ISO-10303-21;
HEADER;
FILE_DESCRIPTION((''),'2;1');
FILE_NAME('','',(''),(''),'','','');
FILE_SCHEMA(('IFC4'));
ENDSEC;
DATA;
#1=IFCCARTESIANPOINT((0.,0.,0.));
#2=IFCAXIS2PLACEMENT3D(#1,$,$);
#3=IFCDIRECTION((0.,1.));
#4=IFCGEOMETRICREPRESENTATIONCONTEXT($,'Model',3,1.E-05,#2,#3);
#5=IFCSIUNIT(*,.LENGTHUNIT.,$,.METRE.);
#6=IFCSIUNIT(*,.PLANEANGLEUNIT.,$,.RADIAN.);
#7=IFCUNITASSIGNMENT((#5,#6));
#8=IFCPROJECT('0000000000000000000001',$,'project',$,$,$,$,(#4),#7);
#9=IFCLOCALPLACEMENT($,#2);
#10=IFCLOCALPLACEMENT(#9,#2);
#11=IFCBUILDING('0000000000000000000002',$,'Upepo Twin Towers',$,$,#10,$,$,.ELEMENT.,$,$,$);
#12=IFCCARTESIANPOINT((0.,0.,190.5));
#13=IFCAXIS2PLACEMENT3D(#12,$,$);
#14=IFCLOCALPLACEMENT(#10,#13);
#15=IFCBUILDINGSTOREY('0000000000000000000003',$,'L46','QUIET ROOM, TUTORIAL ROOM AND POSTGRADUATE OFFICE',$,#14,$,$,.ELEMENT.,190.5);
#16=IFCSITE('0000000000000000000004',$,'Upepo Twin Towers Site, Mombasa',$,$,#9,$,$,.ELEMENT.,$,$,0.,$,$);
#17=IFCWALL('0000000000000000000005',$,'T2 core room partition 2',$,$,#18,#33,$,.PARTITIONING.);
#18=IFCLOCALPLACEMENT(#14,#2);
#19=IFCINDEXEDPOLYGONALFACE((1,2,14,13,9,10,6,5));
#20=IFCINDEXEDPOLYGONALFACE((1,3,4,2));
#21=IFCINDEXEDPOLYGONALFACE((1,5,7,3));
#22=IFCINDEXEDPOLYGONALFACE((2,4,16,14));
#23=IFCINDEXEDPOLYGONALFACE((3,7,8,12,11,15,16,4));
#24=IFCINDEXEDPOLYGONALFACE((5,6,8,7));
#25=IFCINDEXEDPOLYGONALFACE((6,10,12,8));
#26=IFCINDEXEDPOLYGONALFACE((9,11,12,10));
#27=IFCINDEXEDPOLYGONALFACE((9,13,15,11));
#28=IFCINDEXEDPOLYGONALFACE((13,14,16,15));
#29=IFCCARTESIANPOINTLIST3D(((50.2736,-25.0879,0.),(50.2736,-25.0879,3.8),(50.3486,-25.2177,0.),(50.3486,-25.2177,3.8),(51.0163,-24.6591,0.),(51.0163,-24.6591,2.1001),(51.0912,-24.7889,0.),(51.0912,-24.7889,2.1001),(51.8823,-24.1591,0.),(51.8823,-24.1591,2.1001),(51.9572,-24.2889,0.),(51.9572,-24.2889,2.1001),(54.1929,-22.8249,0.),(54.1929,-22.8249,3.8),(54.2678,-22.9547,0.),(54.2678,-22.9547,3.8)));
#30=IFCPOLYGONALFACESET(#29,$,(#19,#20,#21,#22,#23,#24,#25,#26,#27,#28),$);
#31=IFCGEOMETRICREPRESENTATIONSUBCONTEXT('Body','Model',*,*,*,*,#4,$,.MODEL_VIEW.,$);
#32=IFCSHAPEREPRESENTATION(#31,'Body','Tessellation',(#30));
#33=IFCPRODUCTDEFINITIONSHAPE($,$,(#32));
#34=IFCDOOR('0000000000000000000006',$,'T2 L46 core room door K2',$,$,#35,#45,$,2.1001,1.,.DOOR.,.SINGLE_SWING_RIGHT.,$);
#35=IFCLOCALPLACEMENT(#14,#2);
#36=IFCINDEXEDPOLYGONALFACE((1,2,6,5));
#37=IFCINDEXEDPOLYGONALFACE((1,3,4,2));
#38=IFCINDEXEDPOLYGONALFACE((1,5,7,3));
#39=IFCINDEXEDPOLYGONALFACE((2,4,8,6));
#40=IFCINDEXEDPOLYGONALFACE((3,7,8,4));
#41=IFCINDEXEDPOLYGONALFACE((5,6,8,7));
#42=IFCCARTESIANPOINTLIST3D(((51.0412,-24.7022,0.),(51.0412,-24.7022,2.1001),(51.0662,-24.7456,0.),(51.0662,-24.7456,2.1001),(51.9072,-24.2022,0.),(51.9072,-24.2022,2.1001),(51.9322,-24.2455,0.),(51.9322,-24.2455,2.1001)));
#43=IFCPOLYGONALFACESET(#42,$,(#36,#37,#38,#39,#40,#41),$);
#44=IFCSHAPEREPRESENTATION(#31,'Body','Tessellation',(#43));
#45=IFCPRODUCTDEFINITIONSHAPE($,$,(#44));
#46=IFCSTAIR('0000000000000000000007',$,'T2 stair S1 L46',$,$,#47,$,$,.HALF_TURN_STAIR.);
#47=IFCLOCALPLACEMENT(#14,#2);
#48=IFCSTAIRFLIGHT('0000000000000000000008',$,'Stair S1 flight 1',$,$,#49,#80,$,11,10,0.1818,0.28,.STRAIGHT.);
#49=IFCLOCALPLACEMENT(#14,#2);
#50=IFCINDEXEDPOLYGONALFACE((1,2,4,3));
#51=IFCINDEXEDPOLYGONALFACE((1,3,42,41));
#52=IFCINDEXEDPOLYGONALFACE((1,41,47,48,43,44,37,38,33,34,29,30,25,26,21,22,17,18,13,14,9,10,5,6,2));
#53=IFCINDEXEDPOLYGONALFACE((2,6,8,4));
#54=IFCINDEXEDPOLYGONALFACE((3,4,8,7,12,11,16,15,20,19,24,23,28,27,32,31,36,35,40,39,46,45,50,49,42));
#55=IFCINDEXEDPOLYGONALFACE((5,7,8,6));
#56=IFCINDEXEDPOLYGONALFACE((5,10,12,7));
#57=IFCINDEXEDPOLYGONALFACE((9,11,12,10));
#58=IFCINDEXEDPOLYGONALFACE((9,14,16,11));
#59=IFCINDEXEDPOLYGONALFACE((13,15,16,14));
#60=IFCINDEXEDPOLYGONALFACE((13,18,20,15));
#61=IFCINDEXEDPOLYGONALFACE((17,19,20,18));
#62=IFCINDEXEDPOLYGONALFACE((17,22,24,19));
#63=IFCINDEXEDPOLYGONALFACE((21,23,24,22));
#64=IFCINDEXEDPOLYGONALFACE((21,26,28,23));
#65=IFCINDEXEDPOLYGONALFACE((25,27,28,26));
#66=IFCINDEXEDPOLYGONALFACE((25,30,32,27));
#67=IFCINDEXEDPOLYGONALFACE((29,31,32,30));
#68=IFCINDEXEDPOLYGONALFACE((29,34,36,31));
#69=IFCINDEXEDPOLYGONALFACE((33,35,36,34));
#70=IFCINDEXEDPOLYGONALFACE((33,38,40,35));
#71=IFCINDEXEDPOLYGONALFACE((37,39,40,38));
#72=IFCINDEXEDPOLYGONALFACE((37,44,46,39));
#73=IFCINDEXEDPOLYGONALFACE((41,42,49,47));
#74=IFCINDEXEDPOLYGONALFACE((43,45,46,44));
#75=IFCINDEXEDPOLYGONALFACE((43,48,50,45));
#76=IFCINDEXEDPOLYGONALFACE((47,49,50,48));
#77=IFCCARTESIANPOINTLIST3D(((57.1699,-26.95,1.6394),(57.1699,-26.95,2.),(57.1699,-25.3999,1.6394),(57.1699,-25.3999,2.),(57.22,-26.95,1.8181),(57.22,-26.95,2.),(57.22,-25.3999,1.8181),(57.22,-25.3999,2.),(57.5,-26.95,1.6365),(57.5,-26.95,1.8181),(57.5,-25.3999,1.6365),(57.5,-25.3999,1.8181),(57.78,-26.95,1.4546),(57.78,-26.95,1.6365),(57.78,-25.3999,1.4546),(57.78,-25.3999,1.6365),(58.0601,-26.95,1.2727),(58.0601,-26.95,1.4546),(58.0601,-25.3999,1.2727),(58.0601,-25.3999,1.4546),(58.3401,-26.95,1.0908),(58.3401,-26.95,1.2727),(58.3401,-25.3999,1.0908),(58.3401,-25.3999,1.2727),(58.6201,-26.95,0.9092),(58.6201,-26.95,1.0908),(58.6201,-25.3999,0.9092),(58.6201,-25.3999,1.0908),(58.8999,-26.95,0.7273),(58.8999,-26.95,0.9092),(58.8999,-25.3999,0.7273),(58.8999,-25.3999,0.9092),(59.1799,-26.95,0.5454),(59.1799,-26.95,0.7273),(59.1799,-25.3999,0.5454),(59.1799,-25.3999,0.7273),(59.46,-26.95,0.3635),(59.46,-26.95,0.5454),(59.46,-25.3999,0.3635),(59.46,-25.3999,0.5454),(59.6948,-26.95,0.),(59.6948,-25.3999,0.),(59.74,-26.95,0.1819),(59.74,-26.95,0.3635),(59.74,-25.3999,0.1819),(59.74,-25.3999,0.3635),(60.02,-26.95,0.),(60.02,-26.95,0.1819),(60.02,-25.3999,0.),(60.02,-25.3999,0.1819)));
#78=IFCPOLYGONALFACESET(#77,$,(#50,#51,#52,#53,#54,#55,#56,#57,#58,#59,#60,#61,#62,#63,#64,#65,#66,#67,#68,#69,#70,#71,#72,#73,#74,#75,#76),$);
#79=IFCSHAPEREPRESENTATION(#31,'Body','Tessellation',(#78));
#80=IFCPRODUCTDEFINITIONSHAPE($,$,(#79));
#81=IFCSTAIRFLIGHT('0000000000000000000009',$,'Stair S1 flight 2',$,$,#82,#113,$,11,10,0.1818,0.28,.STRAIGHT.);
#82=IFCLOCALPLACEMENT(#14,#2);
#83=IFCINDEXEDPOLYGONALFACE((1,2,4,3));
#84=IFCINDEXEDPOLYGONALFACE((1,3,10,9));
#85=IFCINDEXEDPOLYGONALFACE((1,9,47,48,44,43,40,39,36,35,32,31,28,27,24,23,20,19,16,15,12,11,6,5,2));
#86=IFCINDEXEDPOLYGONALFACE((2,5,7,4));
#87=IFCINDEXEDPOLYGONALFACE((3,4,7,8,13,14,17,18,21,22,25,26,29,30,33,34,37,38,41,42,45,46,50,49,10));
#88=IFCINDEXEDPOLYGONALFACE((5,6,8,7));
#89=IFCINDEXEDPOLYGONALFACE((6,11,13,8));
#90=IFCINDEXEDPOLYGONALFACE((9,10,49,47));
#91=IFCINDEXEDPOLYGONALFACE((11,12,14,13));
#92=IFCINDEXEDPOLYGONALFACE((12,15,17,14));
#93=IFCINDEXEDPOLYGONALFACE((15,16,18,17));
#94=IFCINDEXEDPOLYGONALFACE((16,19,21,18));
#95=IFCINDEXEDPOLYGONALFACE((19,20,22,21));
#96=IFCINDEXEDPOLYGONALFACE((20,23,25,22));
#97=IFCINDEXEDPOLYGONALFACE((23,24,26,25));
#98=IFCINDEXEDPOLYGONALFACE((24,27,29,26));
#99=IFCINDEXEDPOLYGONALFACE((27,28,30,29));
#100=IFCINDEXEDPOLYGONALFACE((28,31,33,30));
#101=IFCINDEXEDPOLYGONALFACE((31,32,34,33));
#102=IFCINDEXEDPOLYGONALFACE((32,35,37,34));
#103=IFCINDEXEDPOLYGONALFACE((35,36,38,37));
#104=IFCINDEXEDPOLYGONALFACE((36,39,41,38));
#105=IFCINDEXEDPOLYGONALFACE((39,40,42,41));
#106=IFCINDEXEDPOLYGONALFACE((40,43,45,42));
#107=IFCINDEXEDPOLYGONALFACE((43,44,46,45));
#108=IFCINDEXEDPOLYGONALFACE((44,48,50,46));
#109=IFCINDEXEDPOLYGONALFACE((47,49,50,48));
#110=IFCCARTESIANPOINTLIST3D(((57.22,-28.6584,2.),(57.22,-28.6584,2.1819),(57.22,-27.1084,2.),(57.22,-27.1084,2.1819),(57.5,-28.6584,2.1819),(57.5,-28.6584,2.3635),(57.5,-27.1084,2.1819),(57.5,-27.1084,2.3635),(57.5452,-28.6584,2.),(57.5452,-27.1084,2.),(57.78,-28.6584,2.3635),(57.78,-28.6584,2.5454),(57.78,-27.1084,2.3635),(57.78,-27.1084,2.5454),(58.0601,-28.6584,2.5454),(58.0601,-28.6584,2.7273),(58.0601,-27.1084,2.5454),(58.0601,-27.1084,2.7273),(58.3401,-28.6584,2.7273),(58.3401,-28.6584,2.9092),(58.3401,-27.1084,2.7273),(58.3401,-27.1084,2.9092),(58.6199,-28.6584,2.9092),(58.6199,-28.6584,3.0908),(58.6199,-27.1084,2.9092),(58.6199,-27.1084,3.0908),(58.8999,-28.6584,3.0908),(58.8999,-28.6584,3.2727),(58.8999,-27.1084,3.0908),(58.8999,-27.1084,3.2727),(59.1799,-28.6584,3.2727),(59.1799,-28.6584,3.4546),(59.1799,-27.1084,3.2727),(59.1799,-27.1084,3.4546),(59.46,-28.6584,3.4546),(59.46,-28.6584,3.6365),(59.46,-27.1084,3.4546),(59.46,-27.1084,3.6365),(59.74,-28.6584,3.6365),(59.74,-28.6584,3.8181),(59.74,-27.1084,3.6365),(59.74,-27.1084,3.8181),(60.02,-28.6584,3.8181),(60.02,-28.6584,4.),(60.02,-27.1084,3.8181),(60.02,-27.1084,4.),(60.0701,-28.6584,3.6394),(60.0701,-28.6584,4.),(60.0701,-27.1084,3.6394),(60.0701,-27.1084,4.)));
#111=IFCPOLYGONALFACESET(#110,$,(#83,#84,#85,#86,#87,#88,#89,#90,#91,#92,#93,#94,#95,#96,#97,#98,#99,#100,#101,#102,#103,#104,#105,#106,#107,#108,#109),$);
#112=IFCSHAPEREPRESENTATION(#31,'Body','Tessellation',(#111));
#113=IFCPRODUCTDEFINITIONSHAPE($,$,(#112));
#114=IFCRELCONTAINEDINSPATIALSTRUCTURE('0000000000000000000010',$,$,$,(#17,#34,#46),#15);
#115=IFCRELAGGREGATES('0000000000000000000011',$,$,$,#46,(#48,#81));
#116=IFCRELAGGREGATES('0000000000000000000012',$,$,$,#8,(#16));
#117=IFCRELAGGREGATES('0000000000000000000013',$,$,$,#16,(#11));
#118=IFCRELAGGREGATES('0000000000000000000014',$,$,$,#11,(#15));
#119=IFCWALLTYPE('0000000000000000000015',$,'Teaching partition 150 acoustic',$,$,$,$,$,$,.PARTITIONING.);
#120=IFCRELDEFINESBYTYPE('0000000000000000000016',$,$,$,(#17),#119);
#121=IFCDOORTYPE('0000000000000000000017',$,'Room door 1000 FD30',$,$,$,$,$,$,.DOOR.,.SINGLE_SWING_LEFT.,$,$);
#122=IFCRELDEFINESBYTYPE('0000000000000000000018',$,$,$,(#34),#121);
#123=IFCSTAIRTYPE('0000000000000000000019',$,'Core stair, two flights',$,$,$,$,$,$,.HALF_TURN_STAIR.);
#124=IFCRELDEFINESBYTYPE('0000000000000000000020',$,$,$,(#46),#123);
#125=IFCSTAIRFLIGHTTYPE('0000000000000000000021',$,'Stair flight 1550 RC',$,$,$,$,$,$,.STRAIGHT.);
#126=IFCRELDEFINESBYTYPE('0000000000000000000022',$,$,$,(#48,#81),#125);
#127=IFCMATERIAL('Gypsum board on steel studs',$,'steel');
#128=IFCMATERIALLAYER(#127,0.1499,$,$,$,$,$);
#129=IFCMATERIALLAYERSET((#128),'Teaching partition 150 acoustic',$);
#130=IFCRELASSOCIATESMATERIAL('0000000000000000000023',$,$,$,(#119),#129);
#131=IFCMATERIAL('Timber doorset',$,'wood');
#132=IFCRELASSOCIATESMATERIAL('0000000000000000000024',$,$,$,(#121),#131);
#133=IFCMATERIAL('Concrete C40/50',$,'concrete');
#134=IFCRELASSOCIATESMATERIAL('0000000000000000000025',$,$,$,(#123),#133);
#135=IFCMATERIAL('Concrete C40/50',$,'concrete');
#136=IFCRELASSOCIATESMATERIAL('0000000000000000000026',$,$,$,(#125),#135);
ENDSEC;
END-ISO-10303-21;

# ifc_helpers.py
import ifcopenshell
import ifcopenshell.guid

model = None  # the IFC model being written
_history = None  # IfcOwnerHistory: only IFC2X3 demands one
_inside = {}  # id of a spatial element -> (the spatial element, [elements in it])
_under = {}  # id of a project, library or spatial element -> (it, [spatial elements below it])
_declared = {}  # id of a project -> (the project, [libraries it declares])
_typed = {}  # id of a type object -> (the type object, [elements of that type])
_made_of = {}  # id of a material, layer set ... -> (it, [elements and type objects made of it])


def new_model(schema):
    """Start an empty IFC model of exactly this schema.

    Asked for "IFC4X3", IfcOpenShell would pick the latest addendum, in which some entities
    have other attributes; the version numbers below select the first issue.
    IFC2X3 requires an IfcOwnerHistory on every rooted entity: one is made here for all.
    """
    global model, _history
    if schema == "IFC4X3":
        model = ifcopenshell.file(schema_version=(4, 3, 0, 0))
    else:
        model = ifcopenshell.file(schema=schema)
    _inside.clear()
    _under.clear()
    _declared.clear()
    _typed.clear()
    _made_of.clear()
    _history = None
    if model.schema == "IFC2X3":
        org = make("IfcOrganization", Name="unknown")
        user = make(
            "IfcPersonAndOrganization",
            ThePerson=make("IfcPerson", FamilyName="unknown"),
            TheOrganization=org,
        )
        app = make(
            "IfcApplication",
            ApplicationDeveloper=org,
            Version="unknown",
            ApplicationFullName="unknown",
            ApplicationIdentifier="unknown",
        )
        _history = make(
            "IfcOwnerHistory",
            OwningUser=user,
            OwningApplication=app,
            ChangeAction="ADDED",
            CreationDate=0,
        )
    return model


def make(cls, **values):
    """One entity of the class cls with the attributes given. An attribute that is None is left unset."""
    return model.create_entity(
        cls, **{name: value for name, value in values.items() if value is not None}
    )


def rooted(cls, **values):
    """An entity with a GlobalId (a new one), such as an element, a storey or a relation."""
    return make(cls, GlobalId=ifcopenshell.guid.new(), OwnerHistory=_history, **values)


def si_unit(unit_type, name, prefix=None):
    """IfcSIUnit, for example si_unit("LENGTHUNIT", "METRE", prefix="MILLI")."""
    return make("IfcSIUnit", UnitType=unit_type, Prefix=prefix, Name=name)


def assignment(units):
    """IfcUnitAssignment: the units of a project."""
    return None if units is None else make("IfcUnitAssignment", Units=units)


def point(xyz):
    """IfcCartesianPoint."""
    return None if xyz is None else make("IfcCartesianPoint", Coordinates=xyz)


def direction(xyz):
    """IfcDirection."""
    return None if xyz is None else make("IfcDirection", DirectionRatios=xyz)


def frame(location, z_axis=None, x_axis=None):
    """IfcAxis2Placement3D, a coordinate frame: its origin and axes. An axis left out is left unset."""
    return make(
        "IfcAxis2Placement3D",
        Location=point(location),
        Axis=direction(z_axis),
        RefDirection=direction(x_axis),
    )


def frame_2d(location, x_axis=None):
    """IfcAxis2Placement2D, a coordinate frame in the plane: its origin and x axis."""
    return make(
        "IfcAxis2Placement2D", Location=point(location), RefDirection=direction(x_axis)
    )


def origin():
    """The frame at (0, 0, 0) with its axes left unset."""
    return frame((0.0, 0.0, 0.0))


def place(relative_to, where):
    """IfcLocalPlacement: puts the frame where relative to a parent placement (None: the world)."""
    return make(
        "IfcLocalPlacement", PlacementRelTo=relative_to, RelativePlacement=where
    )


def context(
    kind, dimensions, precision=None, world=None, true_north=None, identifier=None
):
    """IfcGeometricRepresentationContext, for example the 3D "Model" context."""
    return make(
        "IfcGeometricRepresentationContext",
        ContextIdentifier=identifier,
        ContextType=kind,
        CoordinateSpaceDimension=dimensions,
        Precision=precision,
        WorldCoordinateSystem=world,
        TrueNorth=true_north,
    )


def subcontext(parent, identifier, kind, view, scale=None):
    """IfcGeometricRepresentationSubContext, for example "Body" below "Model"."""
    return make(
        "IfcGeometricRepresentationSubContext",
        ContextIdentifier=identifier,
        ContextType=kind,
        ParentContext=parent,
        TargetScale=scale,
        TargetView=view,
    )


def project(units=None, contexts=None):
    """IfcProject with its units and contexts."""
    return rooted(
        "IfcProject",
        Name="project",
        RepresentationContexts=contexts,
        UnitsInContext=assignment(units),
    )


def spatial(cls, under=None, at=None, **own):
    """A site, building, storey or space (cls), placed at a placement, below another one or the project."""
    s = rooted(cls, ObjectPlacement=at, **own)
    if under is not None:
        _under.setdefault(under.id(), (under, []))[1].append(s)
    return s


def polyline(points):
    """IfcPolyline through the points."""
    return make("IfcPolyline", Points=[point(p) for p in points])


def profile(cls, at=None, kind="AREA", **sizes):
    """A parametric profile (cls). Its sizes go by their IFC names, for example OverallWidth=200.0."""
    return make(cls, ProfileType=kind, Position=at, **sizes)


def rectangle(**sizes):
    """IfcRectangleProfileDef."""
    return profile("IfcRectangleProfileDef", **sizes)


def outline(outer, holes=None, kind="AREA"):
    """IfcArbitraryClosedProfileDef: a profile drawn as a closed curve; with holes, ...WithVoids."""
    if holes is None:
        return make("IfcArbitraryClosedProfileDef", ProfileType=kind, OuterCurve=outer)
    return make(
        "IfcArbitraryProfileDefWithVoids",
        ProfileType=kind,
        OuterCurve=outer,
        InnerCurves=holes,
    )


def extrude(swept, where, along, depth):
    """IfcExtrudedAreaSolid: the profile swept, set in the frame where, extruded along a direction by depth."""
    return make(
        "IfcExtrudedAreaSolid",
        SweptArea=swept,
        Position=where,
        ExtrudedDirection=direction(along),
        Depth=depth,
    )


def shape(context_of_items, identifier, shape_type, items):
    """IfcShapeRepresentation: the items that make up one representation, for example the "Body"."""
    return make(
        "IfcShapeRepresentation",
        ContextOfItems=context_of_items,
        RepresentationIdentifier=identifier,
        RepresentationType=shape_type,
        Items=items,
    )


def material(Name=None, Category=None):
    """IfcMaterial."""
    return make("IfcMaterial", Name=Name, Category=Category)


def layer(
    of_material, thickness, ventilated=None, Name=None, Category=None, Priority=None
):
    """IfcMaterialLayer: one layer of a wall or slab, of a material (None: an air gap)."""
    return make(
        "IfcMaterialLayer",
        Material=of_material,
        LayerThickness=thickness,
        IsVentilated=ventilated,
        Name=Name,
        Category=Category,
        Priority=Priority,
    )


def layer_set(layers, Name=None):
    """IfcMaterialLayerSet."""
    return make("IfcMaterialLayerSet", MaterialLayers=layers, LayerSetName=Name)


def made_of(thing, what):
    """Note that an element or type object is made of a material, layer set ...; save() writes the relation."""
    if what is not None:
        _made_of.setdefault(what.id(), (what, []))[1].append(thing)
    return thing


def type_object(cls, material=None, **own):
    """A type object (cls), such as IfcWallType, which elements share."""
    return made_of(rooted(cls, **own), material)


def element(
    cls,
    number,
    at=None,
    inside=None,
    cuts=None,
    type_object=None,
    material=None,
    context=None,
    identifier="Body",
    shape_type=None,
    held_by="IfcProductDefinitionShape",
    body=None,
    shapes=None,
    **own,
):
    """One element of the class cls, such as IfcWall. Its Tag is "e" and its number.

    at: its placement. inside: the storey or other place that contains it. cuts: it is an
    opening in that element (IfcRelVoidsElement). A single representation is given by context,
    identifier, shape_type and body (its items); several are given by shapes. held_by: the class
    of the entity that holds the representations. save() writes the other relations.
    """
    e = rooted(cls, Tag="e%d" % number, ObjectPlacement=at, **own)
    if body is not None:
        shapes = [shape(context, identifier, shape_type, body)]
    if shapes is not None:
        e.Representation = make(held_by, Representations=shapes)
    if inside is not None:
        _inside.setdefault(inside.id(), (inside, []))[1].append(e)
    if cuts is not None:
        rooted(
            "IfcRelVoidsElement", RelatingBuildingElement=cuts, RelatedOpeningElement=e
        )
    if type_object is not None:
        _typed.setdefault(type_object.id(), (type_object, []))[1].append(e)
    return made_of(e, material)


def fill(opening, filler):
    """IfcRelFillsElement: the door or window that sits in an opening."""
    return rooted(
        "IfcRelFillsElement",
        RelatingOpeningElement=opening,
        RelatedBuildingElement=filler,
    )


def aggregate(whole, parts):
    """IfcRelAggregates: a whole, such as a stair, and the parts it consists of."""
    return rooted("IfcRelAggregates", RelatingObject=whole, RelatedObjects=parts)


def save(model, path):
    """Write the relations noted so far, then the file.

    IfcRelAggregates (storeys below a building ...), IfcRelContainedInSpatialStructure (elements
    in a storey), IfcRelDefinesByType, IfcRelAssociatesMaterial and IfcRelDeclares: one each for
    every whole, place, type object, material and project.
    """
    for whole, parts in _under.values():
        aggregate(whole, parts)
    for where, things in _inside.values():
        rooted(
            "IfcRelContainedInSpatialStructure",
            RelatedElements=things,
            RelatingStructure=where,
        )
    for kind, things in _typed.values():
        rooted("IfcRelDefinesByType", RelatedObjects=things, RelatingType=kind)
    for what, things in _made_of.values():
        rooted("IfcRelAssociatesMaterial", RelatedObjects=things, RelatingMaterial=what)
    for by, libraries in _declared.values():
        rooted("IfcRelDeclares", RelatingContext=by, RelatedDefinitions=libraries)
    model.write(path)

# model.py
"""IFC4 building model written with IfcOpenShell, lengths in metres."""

from ifc_helpers import new_model, si_unit, direction, frame, frame_2d, origin, place, context, subcontext, project, spatial, polyline, rectangle, outline, extrude, material, layer, layer_set, type_object, element, fill, aggregate, save


model = new_model("IFC4")

# Units and contexts
model_context = context("Model", 3, precision=1e-05, world=origin(), true_north=direction((0.0, 1.0)))
body_context = subcontext(model_context, "Body", "Model", "MODEL_VIEW")
ifc_project = project(units=[si_unit("LENGTHUNIT", "METRE"), si_unit("PLANEANGLEUNIT", "RADIAN")], contexts=[model_context])

# Site, building, storey
site_placement = place(None, origin())
site = spatial("IfcSite", under=ifc_project, at=site_placement, Name="Upepo Twin Towers Site, Mombasa", CompositionType="ELEMENT", RefElevation=0.0)
building_placement = place(site_placement, origin())
building = spatial("IfcBuilding", under=site, at=building_placement, Name="Upepo Twin Towers", CompositionType="ELEMENT")
storey_placement = place(building_placement, frame((0.0, 0.0, 190.5)))
storey = spatial("IfcBuildingStorey", under=building, at=storey_placement, Name="L46", Description="QUIET ROOM, TUTORIAL ROOM AND POSTGRADUATE OFFICE", CompositionType="ELEMENT", Elevation=190.5)

# Wall, opening, door
ifc_material_1 = material(Name="Gypsum board on steel studs", Category="steel")
ifc_layer_1 = layer(ifc_material_1, 0.1499)
ifc_layer_set_1 = layer_set([ifc_layer_1], Name="Teaching partition 150 acoustic")
wall_type_1 = type_object("IfcWallType", Name="Teaching partition 150 acoustic", PredefinedType="PARTITIONING", material=ifc_layer_set_1)
wall_1_placement = place(storey_placement, frame((54.2302, -22.8899, 0.0), z_axis=(0.0, 0.0, 1.0), x_axis=(-0.866007, -0.500032, 0.0)))
wall_1 = element("IfcWall", 1, at=wall_1_placement, inside=storey, type_object=wall_type_1, Name="T2 core room partition 2", PredefinedType="PARTITIONING", context=body_context, shape_type="SweptSolid", body=[
    extrude(rectangle(XDim=4.5256, YDim=0.1499, at=frame_2d((2.2627, 0.0))), origin(), (0.0, 0.0, 1.0), 3.8),
])
opening_1_placement = place(wall_1_placement, frame((2.668, 0.0, 0.0)))
opening_1 = element("IfcOpeningElement", 2, at=opening_1_placement, cuts=wall_1, PredefinedType="OPENING", context=body_context, shape_type="SweptSolid", body=[
    extrude(rectangle(XDim=1.0, YDim=2.1001, at=frame_2d((0.5, 1.05))), frame((0.0, 0.085, 0.0), z_axis=(0.0, -1.0, 0.0), x_axis=(1.0, 0.0, 0.0)), (0.0, 0.0, 1.0), 0.1699),
])
ifc_material_2 = material(Name="Timber doorset", Category="wood")
door_type_1 = type_object("IfcDoorType", Name="Room door 1000 FD30", OperationType="SINGLE_SWING_LEFT", PredefinedType="DOOR", material=ifc_material_2)
door_1_placement = place(opening_1_placement, origin())
door_1 = element("IfcDoor", 3, at=door_1_placement, inside=storey, type_object=door_type_1, Name="T2 L46 core room door K2", OperationType="SINGLE_SWING_RIGHT", OverallHeight=2.1001, OverallWidth=1.0, PredefinedType="DOOR", context=body_context, shape_type="SweptSolid", body=[
    extrude(rectangle(XDim=1.0, YDim=2.1001, at=frame_2d((0.5, 1.05))), frame((0.0, 0.0249, 0.0), z_axis=(0.0, -1.0, 0.0), x_axis=(1.0, 0.0, 0.0)), (0.0, 0.0, 1.0), 0.05),
])
fill(opening_1, door_1)

# Stair, stair flights
ifc_material_3 = material(Name="Concrete C40/50", Category="concrete")
stair_type = type_object("IfcStairType", Name="Core stair, two flights", PredefinedType="HALF_TURN_STAIR", material=ifc_material_3)
stair_placement = place(storey_placement, origin())
stair = element("IfcStair", 4, at=stair_placement, inside=storey, type_object=stair_type, Name="T2 stair S1 L46", PredefinedType="HALF_TURN_STAIR")
ifc_material_4 = material(Name="Concrete C40/50", Category="concrete")
stair_flight_type = type_object("IfcStairFlightType", Name="Stair flight 1550 RC", PredefinedType="STRAIGHT", material=ifc_material_4)
stair_flight_1_placement = place(storey_placement, frame((60.02, -26.175, 0.0), z_axis=(0.0, 0.0, 1.0), x_axis=(-1.0, 0.0, 0.0)))
stair_flight_1 = element("IfcStairFlight", 5, at=stair_flight_1_placement, type_object=stair_flight_type, Name="Stair S1 flight 1", NumberOfRisers=11, NumberOfTreads=10, PredefinedType="STRAIGHT", RiserHeight=0.1818, TreadLength=0.28, context=body_context, shape_type="SweptSolid", body=[
    extrude(outline(polyline([(0.0, 0.0), (0.0, 0.1819), (0.28, 0.1819), (0.28, 0.3635), (0.5601, 0.3635), (0.5601, 0.5454), (0.8401, 0.5454), (0.8401, 0.7273), (1.1201, 0.7273), (1.1201, 0.9092), (1.3999, 0.9092), (1.3999, 1.0908), (1.6799, 1.0908), (1.6799, 1.2727), (1.96, 1.2727), (1.96, 1.4546), (2.24, 1.4546), (2.24, 1.6365), (2.52, 1.6365), (2.52, 1.8181), (2.8, 1.8181), (2.8, 2.0), (2.8501, 2.0), (2.8501, 1.6394), (0.3252, 0.0), (0.0, 0.0)])), frame((0.0, 0.7749, 0.0), z_axis=(0.0, -1.0, 0.0), x_axis=(1.0, 0.0, 0.0)), (0.0, 0.0, 1.0), 1.55),
])
stair_flight_2_placement = place(storey_placement, frame((57.22, -27.8833, 2.0), z_axis=(0.0, 0.0, 1.0), x_axis=(1.0, 0.0, 0.0)))
stair_flight_2 = element("IfcStairFlight", 6, at=stair_flight_2_placement, type_object=stair_flight_type, Name="Stair S1 flight 2", NumberOfRisers=11, NumberOfTreads=10, PredefinedType="STRAIGHT", RiserHeight=0.1818, TreadLength=0.28, context=body_context, shape_type="SweptSolid", body=[
    extrude(outline(polyline([(0.0, 0.0), (0.0, 0.1819), (0.28, 0.1819), (0.28, 0.3635), (0.5601, 0.3635), (0.5601, 0.5454), (0.8401, 0.5454), (0.8401, 0.7273), (1.1201, 0.7273), (1.1201, 0.9092), (1.3999, 0.9092), (1.3999, 1.0908), (1.6799, 1.0908), (1.6799, 1.2727), (1.96, 1.2727), (1.96, 1.4546), (2.24, 1.4546), (2.24, 1.6365), (2.52, 1.6365), (2.52, 1.8181), (2.8, 1.8181), (2.8, 2.0), (2.8501, 2.0), (2.8501, 1.6394), (0.3252, 0.0), (0.0, 0.0)])), frame((0.0, 0.7749, 0.0), z_axis=(0.0, -1.0, 0.0), x_axis=(1.0, 0.0, 0.0)), (0.0, 0.0, 1.0), 1.55),
])
aggregate(stair, [stair_flight_1, stair_flight_2])

save(model, "model.ifc")
